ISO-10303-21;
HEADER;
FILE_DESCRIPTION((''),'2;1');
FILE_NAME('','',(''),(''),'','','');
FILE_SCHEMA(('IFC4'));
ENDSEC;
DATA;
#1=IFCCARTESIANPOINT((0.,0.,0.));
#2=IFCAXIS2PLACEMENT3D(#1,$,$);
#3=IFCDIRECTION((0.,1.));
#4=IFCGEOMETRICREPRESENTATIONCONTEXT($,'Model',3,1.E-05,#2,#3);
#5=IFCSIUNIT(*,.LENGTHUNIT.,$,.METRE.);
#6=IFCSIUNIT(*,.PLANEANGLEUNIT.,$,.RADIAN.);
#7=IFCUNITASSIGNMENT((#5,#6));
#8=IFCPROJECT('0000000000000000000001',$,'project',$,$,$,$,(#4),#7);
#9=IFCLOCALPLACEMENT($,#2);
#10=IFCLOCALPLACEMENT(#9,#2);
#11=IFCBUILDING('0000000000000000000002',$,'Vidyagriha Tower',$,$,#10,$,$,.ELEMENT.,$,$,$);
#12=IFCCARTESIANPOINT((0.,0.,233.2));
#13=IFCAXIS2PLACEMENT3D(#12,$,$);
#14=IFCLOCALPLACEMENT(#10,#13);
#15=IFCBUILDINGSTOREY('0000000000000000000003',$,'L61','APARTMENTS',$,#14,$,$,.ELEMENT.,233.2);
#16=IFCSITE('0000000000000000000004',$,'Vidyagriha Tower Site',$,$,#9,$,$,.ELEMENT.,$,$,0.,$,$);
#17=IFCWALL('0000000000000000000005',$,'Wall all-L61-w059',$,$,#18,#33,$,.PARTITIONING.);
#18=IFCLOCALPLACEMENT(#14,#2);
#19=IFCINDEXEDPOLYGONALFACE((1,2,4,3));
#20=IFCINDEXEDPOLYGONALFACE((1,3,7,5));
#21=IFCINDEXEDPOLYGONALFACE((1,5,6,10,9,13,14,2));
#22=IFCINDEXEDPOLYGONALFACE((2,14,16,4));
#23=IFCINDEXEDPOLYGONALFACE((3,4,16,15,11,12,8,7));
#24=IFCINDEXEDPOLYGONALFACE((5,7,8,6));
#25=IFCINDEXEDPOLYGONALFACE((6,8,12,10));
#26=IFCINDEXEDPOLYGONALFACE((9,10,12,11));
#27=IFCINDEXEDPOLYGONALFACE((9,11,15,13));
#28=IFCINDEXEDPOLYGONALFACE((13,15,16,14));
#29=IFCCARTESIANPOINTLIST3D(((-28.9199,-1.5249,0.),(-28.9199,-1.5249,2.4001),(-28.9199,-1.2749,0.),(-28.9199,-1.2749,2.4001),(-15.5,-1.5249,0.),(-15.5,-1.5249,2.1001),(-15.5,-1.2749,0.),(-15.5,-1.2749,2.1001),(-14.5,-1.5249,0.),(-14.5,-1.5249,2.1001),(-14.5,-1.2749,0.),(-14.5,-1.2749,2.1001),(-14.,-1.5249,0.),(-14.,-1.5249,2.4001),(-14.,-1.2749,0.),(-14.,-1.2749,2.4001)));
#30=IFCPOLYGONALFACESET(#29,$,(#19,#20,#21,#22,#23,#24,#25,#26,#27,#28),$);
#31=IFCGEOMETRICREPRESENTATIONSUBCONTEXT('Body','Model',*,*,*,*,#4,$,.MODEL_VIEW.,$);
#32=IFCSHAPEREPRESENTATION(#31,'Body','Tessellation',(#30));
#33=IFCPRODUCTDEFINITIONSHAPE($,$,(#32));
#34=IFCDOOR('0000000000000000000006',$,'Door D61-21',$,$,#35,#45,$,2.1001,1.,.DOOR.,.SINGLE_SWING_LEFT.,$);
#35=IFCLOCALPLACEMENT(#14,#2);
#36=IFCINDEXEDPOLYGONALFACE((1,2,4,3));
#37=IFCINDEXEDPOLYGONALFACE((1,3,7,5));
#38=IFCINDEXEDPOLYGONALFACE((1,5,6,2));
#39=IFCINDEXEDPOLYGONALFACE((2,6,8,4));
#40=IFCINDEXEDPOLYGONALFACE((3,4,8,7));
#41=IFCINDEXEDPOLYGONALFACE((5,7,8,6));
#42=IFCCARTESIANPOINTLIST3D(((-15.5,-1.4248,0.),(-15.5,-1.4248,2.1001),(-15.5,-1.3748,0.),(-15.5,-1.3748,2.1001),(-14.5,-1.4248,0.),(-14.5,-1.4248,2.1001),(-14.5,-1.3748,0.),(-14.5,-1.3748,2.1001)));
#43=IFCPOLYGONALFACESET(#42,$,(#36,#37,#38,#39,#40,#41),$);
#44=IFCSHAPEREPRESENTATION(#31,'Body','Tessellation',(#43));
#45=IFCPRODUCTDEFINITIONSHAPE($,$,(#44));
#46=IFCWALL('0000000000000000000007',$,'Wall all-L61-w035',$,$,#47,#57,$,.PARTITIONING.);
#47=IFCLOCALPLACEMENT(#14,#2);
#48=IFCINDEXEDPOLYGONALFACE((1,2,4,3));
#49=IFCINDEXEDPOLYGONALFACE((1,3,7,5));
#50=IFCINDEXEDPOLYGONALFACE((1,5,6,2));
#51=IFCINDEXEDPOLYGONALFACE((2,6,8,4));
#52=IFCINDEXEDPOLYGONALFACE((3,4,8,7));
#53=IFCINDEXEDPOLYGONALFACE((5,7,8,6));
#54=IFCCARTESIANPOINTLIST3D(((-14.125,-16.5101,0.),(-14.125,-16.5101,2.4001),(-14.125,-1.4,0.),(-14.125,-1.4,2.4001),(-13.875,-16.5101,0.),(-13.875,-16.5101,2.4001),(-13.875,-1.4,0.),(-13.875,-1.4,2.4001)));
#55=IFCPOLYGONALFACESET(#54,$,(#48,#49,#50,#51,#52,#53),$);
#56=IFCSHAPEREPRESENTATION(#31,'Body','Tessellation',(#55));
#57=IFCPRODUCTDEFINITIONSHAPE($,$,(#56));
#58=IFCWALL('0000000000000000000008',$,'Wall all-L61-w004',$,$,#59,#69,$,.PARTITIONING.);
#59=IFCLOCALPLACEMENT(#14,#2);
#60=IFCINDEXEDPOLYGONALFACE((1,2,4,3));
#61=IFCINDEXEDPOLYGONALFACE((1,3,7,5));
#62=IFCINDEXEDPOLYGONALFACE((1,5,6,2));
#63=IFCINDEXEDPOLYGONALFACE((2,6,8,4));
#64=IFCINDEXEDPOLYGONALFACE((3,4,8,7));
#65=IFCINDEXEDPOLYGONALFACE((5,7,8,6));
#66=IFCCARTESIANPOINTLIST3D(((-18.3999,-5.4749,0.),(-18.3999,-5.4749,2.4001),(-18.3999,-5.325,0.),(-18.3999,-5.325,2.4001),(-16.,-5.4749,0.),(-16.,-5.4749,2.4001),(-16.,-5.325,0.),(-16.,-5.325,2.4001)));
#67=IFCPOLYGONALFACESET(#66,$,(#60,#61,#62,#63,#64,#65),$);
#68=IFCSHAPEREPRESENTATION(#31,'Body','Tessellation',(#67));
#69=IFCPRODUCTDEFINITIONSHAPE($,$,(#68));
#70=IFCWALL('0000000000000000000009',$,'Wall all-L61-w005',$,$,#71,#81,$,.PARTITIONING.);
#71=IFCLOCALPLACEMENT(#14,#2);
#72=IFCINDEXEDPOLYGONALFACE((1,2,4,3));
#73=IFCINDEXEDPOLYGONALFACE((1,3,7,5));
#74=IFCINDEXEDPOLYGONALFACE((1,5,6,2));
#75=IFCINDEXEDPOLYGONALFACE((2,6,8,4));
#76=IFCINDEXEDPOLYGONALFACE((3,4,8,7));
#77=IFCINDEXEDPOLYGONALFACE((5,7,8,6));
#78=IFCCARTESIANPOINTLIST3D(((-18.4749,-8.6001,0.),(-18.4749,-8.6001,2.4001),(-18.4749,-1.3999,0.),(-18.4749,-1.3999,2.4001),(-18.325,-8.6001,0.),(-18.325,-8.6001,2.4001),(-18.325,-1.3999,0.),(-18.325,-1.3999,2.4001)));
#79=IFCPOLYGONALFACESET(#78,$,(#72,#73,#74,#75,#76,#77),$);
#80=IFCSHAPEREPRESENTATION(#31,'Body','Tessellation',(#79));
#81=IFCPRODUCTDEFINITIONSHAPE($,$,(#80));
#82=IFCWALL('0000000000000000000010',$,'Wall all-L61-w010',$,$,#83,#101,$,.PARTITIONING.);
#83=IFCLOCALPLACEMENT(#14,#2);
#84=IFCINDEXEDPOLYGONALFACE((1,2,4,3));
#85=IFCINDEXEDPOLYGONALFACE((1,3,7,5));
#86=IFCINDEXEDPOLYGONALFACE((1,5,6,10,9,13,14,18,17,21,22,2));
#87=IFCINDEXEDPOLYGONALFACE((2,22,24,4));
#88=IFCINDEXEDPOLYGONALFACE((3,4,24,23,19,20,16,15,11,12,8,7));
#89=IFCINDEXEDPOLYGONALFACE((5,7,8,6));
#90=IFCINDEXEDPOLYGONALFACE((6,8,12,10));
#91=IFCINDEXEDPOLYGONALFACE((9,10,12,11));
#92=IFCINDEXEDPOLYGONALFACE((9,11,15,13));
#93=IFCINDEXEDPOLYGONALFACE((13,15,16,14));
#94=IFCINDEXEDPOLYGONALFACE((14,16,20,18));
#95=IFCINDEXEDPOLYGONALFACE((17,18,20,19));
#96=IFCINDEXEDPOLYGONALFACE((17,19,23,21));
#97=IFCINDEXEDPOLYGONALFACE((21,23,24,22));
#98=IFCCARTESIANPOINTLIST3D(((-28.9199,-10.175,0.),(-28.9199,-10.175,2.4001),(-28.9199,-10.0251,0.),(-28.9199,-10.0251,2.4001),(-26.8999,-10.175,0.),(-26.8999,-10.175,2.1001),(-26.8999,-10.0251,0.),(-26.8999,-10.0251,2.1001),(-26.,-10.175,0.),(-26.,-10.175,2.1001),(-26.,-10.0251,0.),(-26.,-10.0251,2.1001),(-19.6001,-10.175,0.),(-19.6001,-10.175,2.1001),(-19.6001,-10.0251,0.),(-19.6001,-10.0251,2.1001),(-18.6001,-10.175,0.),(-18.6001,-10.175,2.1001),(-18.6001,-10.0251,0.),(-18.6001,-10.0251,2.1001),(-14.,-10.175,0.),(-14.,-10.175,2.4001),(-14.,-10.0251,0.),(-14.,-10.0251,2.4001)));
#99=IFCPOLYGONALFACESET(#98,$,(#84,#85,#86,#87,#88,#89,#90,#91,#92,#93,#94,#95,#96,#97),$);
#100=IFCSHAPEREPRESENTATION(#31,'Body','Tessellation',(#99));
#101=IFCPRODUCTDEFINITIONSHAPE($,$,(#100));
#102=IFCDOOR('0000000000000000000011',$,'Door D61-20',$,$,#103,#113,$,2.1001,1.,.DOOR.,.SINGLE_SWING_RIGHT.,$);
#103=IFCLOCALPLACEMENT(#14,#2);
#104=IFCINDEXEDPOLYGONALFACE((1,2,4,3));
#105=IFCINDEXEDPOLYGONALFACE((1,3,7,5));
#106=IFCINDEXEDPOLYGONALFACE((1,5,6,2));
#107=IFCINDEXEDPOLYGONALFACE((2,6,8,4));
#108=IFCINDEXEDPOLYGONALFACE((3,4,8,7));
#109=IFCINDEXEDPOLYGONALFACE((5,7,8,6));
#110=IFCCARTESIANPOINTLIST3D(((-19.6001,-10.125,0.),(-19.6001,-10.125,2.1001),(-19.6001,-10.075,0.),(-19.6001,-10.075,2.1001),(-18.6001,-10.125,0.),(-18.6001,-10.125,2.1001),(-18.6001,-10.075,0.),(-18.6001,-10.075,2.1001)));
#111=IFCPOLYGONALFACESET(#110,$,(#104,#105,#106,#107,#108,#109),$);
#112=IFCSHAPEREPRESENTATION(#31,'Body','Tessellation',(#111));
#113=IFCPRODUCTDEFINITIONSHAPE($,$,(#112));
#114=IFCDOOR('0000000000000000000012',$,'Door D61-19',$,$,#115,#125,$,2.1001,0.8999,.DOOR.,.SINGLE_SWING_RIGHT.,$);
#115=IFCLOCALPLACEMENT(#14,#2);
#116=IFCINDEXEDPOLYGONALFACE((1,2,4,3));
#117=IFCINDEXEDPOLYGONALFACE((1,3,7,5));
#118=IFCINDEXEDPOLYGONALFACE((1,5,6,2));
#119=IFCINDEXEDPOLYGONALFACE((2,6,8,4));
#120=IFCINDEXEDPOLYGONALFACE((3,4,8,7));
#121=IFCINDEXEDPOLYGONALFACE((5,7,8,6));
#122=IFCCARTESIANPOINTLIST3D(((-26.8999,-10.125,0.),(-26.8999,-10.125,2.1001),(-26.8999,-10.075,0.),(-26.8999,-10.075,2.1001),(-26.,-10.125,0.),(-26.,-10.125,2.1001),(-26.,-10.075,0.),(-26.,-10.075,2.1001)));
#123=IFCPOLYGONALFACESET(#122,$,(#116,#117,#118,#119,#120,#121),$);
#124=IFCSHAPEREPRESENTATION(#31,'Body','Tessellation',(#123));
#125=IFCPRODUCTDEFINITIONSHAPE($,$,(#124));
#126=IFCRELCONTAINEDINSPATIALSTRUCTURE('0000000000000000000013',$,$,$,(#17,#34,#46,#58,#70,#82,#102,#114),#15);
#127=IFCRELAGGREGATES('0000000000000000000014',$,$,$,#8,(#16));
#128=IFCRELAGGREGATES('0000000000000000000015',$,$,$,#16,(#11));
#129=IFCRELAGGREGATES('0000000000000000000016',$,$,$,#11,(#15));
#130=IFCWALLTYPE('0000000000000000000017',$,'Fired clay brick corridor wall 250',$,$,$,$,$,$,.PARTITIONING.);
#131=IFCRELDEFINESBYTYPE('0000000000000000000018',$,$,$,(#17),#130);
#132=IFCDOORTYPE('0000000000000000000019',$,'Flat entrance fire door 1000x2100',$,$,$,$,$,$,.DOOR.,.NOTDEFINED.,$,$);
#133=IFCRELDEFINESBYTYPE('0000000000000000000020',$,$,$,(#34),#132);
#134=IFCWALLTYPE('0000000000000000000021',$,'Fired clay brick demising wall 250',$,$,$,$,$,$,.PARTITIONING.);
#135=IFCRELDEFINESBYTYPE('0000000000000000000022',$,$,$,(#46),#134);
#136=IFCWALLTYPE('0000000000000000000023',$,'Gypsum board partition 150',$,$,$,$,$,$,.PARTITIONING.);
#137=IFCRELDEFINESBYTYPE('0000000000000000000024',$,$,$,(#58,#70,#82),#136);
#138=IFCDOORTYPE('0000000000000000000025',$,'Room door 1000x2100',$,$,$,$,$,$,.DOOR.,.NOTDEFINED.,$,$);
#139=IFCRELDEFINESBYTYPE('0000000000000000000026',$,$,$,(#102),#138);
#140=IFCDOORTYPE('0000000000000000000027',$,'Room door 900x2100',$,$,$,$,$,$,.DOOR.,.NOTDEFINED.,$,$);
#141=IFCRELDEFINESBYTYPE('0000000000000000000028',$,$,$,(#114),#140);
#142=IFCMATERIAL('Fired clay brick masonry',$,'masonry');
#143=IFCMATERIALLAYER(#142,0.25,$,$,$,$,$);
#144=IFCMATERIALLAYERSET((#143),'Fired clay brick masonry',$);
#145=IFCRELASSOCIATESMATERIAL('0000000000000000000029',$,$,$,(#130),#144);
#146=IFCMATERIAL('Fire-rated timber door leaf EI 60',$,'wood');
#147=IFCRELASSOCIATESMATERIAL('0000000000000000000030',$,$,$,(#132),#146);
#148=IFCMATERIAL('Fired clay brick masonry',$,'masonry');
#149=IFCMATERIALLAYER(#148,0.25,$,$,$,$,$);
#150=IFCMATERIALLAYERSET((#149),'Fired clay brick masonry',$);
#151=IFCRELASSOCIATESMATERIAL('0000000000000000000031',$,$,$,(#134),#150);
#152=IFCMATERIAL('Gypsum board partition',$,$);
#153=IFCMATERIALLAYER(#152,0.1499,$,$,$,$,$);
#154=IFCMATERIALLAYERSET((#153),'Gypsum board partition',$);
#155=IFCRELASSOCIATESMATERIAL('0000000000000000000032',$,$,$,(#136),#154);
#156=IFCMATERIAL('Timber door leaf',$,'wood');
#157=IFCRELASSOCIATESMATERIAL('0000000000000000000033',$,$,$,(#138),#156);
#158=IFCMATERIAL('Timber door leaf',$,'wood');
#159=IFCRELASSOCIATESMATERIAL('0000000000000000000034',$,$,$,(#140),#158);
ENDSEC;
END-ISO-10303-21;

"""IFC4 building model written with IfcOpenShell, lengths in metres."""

from ifc_helpers import new_model, si_unit, direction, frame, frame_2d, origin, place, context, subcontext, project, spatial, rectangle, extrude, material, layer, layer_set, type_object, element, fill, save


model = new_model("IFC4")

# Units and contexts
model_context = context("Model", 3, precision=1e-05, world=origin(), true_north=direction((0.0, 1.0)))
body_context = subcontext(model_context, "Body", "Model", "MODEL_VIEW")
ifc_project = project(units=[si_unit("LENGTHUNIT", "METRE"), si_unit("PLANEANGLEUNIT", "RADIAN")], contexts=[model_context])

# Site, building, storey
site_placement = place(None, origin())
site = spatial("IfcSite", under=ifc_project, at=site_placement, Name="Vidyagriha Tower Site", CompositionType="ELEMENT", RefElevation=0.0)
building_placement = place(site_placement, origin())
building = spatial("IfcBuilding", under=site, at=building_placement, Name="Vidyagriha Tower", CompositionType="ELEMENT")
storey_placement = place(building_placement, frame((0.0, 0.0, 233.2)))
storey = spatial("IfcBuildingStorey", under=building, at=storey_placement, Name="L61", Description="APARTMENTS", CompositionType="ELEMENT", Elevation=233.2)

# Wall, opening, door
ifc_material_1 = material(Name="Fired clay brick masonry", Category="masonry")
ifc_layer_1 = layer(ifc_material_1, 0.25)
ifc_layer_set_1 = layer_set([ifc_layer_1], Name="Fired clay brick masonry")
wall_type_1 = type_object("IfcWallType", Name="Fired clay brick corridor wall 250", PredefinedType="PARTITIONING", material=ifc_layer_set_1)
wall_1_placement = place(storey_placement, frame((-14.0, -1.3999, 0.0), z_axis=(0.0, 0.0, 1.0), x_axis=(-1.0, 0.0, 0.0)))
wall_1 = element("IfcWall", 1, at=wall_1_placement, inside=storey, type_object=wall_type_1, Name="Wall all-L61-w059", PredefinedType="PARTITIONING", context=body_context, shape_type="SweptSolid", body=[
    extrude(rectangle(XDim=14.9199, YDim=0.25, at=frame_2d((7.46, 0.0))), origin(), (0.0, 0.0, 1.0), 2.4001),
])
opening_1_placement = place(wall_1_placement, frame((0.5, 0.0, 0.0)))
opening_1 = element("IfcOpeningElement", 2, at=opening_1_placement, cuts=wall_1, PredefinedType="OPENING", context=body_context, shape_type="SweptSolid", body=[
    extrude(rectangle(XDim=1.0, YDim=2.1001, at=frame_2d((0.5, 1.05))), frame((0.0, 0.135, 0.0), z_axis=(0.0, -1.0, 0.0), x_axis=(1.0, 0.0, 0.0)), (0.0, 0.0, 1.0), 0.27),
])
ifc_material_2 = material(Name="Fire-rated timber door leaf EI 60", Category="wood")
door_type_1 = type_object("IfcDoorType", Name="Flat entrance fire door 1000x2100", OperationType="NOTDEFINED", PredefinedType="DOOR", material=ifc_material_2)
door_1_placement = place(opening_1_placement, origin())
door_1 = element("IfcDoor", 3, at=door_1_placement, inside=storey, type_object=door_type_1, Name="Door D61-21", OperationType="SINGLE_SWING_LEFT", OverallHeight=2.1001, OverallWidth=1.0, PredefinedType="DOOR", context=body_context, shape_type="SweptSolid", body=[
    extrude(rectangle(XDim=1.0, YDim=2.1001, at=frame_2d((0.5, 1.05))), frame((0.0, 0.0249, 0.0), z_axis=(0.0, -1.0, 0.0), x_axis=(1.0, 0.0, 0.0)), (0.0, 0.0, 1.0), 0.05),
])
fill(opening_1, door_1)

# Walls
ifc_material_3 = material(Name="Fired clay brick masonry", Category="masonry")
ifc_layer_2 = layer(ifc_material_3, 0.25)
ifc_layer_set_2 = layer_set([ifc_layer_2], Name="Fired clay brick masonry")
wall_type_2 = type_object("IfcWallType", Name="Fired clay brick demising wall 250", PredefinedType="PARTITIONING", material=ifc_layer_set_2)
wall_2_placement = place(storey_placement, frame((-14.0, -1.3999, 0.0), z_axis=(0.0, 0.0, 1.0), x_axis=(0.0, -1.0, 0.0)))
element("IfcWall", 4, at=wall_2_placement, inside=storey, type_object=wall_type_2, Name="Wall all-L61-w035", PredefinedType="PARTITIONING", context=body_context, shape_type="SweptSolid", body=[
    extrude(rectangle(XDim=15.1101, YDim=0.25, at=frame_2d((7.5552, 0.0))), origin(), (0.0, 0.0, 1.0), 2.4001),
])
ifc_material_4 = material(Name="Gypsum board partition")
ifc_layer_3 = layer(ifc_material_4, 0.1499)
ifc_layer_set_3 = layer_set([ifc_layer_3], Name="Gypsum board partition")
wall_type_3 = type_object("IfcWallType", Name="Gypsum board partition 150", PredefinedType="PARTITIONING", material=ifc_layer_set_3)
wall_3_placement = place(storey_placement, frame((-16.0, -5.3999, 0.0), z_axis=(0.0, 0.0, 1.0), x_axis=(-1.0, 0.0, 0.0)))
element("IfcWall", 5, at=wall_3_placement, inside=storey, type_object=wall_type_3, Name="Wall all-L61-w004", PredefinedType="PARTITIONING", context=body_context, shape_type="SweptSolid", body=[
    extrude(rectangle(XDim=2.3999, YDim=0.1499, at=frame_2d((1.2, 0.0))), origin(), (0.0, 0.0, 1.0), 2.4001),
])
wall_4_placement = place(storey_placement, frame((-18.3999, -8.6001, 0.0), z_axis=(0.0, 0.0, 1.0), x_axis=(0.0, 1.0, 0.0)))
element("IfcWall", 6, at=wall_4_placement, inside=storey, type_object=wall_type_3, Name="Wall all-L61-w005", PredefinedType="PARTITIONING", context=body_context, shape_type="SweptSolid", body=[
    extrude(rectangle(XDim=7.2002, YDim=0.1499, at=frame_2d((3.6001, 0.0))), origin(), (0.0, 0.0, 1.0), 2.4001),
])

# Wall, openings, doors
wall_5_placement = place(storey_placement, frame((-14.0, -10.1001, 0.0), z_axis=(0.0, 0.0, 1.0), x_axis=(-1.0, 0.0, 0.0)))
wall_5 = element("IfcWall", 7, at=wall_5_placement, inside=storey, type_object=wall_type_3, Name="Wall all-L61-w010", PredefinedType="PARTITIONING", context=body_context, shape_type="SweptSolid", body=[
    extrude(rectangle(XDim=14.9199, YDim=0.1499, at=frame_2d((7.46, 0.0))), origin(), (0.0, 0.0, 1.0), 2.4001),
])
opening_2_placement = place(wall_5_placement, frame((12.0, 0.0, 0.0)))
opening_2 = element("IfcOpeningElement", 8, at=opening_2_placement, cuts=wall_5, PredefinedType="OPENING", context=body_context, shape_type="SweptSolid", body=[
    extrude(rectangle(XDim=0.8999, YDim=2.1001, at=frame_2d((0.45, 1.05))), frame((0.0, 0.085, 0.0), z_axis=(0.0, -1.0, 0.0), x_axis=(1.0, 0.0, 0.0)), (0.0, 0.0, 1.0), 0.1699),
])
opening_3_placement = place(wall_5_placement, frame((4.6001, 0.0, 0.0)))
opening_3 = element("IfcOpeningElement", 9, at=opening_3_placement, cuts=wall_5, PredefinedType="OPENING", context=body_context, shape_type="SweptSolid", body=[
    extrude(rectangle(XDim=1.0, YDim=2.1001, at=frame_2d((0.5, 1.05))), frame((0.0, 0.085, 0.0), z_axis=(0.0, -1.0, 0.0), x_axis=(1.0, 0.0, 0.0)), (0.0, 0.0, 1.0), 0.1699),
])
ifc_material_5 = material(Name="Timber door leaf", Category="wood")
door_type_2 = type_object("IfcDoorType", Name="Room door 1000x2100", OperationType="NOTDEFINED", PredefinedType="DOOR", material=ifc_material_5)
door_2_placement = place(opening_3_placement, origin())
door_2 = element("IfcDoor", 10, at=door_2_placement, inside=storey, type_object=door_type_2, Name="Door D61-20", OperationType="SINGLE_SWING_RIGHT", OverallHeight=2.1001, OverallWidth=1.0, PredefinedType="DOOR", context=body_context, shape_type="SweptSolid", body=[
    extrude(rectangle(XDim=1.0, YDim=2.1001, at=frame_2d((0.5, 1.05))), frame((0.0, 0.0249, 0.0), z_axis=(0.0, -1.0, 0.0), x_axis=(1.0, 0.0, 0.0)), (0.0, 0.0, 1.0), 0.05),
])
fill(opening_3, door_2)
ifc_material_6 = material(Name="Timber door leaf", Category="wood")
door_type_3 = type_object("IfcDoorType", Name="Room door 900x2100", OperationType="NOTDEFINED", PredefinedType="DOOR", material=ifc_material_6)
door_3_placement = place(opening_2_placement, origin())
door_3 = element("IfcDoor", 11, at=door_3_placement, inside=storey, type_object=door_type_3, Name="Door D61-19", OperationType="SINGLE_SWING_RIGHT", OverallHeight=2.1001, OverallWidth=0.8999, PredefinedType="DOOR", context=body_context, shape_type="SweptSolid", body=[
    extrude(rectangle(XDim=0.8999, YDim=2.1001, at=frame_2d((0.45, 1.05))), frame((0.0, 0.0249, 0.0), z_axis=(0.0, -1.0, 0.0), x_axis=(1.0, 0.0, 0.0)), (0.0, 0.0, 1.0), 0.05),
])
fill(opening_2, door_3)

save(model, "model.ifc")
